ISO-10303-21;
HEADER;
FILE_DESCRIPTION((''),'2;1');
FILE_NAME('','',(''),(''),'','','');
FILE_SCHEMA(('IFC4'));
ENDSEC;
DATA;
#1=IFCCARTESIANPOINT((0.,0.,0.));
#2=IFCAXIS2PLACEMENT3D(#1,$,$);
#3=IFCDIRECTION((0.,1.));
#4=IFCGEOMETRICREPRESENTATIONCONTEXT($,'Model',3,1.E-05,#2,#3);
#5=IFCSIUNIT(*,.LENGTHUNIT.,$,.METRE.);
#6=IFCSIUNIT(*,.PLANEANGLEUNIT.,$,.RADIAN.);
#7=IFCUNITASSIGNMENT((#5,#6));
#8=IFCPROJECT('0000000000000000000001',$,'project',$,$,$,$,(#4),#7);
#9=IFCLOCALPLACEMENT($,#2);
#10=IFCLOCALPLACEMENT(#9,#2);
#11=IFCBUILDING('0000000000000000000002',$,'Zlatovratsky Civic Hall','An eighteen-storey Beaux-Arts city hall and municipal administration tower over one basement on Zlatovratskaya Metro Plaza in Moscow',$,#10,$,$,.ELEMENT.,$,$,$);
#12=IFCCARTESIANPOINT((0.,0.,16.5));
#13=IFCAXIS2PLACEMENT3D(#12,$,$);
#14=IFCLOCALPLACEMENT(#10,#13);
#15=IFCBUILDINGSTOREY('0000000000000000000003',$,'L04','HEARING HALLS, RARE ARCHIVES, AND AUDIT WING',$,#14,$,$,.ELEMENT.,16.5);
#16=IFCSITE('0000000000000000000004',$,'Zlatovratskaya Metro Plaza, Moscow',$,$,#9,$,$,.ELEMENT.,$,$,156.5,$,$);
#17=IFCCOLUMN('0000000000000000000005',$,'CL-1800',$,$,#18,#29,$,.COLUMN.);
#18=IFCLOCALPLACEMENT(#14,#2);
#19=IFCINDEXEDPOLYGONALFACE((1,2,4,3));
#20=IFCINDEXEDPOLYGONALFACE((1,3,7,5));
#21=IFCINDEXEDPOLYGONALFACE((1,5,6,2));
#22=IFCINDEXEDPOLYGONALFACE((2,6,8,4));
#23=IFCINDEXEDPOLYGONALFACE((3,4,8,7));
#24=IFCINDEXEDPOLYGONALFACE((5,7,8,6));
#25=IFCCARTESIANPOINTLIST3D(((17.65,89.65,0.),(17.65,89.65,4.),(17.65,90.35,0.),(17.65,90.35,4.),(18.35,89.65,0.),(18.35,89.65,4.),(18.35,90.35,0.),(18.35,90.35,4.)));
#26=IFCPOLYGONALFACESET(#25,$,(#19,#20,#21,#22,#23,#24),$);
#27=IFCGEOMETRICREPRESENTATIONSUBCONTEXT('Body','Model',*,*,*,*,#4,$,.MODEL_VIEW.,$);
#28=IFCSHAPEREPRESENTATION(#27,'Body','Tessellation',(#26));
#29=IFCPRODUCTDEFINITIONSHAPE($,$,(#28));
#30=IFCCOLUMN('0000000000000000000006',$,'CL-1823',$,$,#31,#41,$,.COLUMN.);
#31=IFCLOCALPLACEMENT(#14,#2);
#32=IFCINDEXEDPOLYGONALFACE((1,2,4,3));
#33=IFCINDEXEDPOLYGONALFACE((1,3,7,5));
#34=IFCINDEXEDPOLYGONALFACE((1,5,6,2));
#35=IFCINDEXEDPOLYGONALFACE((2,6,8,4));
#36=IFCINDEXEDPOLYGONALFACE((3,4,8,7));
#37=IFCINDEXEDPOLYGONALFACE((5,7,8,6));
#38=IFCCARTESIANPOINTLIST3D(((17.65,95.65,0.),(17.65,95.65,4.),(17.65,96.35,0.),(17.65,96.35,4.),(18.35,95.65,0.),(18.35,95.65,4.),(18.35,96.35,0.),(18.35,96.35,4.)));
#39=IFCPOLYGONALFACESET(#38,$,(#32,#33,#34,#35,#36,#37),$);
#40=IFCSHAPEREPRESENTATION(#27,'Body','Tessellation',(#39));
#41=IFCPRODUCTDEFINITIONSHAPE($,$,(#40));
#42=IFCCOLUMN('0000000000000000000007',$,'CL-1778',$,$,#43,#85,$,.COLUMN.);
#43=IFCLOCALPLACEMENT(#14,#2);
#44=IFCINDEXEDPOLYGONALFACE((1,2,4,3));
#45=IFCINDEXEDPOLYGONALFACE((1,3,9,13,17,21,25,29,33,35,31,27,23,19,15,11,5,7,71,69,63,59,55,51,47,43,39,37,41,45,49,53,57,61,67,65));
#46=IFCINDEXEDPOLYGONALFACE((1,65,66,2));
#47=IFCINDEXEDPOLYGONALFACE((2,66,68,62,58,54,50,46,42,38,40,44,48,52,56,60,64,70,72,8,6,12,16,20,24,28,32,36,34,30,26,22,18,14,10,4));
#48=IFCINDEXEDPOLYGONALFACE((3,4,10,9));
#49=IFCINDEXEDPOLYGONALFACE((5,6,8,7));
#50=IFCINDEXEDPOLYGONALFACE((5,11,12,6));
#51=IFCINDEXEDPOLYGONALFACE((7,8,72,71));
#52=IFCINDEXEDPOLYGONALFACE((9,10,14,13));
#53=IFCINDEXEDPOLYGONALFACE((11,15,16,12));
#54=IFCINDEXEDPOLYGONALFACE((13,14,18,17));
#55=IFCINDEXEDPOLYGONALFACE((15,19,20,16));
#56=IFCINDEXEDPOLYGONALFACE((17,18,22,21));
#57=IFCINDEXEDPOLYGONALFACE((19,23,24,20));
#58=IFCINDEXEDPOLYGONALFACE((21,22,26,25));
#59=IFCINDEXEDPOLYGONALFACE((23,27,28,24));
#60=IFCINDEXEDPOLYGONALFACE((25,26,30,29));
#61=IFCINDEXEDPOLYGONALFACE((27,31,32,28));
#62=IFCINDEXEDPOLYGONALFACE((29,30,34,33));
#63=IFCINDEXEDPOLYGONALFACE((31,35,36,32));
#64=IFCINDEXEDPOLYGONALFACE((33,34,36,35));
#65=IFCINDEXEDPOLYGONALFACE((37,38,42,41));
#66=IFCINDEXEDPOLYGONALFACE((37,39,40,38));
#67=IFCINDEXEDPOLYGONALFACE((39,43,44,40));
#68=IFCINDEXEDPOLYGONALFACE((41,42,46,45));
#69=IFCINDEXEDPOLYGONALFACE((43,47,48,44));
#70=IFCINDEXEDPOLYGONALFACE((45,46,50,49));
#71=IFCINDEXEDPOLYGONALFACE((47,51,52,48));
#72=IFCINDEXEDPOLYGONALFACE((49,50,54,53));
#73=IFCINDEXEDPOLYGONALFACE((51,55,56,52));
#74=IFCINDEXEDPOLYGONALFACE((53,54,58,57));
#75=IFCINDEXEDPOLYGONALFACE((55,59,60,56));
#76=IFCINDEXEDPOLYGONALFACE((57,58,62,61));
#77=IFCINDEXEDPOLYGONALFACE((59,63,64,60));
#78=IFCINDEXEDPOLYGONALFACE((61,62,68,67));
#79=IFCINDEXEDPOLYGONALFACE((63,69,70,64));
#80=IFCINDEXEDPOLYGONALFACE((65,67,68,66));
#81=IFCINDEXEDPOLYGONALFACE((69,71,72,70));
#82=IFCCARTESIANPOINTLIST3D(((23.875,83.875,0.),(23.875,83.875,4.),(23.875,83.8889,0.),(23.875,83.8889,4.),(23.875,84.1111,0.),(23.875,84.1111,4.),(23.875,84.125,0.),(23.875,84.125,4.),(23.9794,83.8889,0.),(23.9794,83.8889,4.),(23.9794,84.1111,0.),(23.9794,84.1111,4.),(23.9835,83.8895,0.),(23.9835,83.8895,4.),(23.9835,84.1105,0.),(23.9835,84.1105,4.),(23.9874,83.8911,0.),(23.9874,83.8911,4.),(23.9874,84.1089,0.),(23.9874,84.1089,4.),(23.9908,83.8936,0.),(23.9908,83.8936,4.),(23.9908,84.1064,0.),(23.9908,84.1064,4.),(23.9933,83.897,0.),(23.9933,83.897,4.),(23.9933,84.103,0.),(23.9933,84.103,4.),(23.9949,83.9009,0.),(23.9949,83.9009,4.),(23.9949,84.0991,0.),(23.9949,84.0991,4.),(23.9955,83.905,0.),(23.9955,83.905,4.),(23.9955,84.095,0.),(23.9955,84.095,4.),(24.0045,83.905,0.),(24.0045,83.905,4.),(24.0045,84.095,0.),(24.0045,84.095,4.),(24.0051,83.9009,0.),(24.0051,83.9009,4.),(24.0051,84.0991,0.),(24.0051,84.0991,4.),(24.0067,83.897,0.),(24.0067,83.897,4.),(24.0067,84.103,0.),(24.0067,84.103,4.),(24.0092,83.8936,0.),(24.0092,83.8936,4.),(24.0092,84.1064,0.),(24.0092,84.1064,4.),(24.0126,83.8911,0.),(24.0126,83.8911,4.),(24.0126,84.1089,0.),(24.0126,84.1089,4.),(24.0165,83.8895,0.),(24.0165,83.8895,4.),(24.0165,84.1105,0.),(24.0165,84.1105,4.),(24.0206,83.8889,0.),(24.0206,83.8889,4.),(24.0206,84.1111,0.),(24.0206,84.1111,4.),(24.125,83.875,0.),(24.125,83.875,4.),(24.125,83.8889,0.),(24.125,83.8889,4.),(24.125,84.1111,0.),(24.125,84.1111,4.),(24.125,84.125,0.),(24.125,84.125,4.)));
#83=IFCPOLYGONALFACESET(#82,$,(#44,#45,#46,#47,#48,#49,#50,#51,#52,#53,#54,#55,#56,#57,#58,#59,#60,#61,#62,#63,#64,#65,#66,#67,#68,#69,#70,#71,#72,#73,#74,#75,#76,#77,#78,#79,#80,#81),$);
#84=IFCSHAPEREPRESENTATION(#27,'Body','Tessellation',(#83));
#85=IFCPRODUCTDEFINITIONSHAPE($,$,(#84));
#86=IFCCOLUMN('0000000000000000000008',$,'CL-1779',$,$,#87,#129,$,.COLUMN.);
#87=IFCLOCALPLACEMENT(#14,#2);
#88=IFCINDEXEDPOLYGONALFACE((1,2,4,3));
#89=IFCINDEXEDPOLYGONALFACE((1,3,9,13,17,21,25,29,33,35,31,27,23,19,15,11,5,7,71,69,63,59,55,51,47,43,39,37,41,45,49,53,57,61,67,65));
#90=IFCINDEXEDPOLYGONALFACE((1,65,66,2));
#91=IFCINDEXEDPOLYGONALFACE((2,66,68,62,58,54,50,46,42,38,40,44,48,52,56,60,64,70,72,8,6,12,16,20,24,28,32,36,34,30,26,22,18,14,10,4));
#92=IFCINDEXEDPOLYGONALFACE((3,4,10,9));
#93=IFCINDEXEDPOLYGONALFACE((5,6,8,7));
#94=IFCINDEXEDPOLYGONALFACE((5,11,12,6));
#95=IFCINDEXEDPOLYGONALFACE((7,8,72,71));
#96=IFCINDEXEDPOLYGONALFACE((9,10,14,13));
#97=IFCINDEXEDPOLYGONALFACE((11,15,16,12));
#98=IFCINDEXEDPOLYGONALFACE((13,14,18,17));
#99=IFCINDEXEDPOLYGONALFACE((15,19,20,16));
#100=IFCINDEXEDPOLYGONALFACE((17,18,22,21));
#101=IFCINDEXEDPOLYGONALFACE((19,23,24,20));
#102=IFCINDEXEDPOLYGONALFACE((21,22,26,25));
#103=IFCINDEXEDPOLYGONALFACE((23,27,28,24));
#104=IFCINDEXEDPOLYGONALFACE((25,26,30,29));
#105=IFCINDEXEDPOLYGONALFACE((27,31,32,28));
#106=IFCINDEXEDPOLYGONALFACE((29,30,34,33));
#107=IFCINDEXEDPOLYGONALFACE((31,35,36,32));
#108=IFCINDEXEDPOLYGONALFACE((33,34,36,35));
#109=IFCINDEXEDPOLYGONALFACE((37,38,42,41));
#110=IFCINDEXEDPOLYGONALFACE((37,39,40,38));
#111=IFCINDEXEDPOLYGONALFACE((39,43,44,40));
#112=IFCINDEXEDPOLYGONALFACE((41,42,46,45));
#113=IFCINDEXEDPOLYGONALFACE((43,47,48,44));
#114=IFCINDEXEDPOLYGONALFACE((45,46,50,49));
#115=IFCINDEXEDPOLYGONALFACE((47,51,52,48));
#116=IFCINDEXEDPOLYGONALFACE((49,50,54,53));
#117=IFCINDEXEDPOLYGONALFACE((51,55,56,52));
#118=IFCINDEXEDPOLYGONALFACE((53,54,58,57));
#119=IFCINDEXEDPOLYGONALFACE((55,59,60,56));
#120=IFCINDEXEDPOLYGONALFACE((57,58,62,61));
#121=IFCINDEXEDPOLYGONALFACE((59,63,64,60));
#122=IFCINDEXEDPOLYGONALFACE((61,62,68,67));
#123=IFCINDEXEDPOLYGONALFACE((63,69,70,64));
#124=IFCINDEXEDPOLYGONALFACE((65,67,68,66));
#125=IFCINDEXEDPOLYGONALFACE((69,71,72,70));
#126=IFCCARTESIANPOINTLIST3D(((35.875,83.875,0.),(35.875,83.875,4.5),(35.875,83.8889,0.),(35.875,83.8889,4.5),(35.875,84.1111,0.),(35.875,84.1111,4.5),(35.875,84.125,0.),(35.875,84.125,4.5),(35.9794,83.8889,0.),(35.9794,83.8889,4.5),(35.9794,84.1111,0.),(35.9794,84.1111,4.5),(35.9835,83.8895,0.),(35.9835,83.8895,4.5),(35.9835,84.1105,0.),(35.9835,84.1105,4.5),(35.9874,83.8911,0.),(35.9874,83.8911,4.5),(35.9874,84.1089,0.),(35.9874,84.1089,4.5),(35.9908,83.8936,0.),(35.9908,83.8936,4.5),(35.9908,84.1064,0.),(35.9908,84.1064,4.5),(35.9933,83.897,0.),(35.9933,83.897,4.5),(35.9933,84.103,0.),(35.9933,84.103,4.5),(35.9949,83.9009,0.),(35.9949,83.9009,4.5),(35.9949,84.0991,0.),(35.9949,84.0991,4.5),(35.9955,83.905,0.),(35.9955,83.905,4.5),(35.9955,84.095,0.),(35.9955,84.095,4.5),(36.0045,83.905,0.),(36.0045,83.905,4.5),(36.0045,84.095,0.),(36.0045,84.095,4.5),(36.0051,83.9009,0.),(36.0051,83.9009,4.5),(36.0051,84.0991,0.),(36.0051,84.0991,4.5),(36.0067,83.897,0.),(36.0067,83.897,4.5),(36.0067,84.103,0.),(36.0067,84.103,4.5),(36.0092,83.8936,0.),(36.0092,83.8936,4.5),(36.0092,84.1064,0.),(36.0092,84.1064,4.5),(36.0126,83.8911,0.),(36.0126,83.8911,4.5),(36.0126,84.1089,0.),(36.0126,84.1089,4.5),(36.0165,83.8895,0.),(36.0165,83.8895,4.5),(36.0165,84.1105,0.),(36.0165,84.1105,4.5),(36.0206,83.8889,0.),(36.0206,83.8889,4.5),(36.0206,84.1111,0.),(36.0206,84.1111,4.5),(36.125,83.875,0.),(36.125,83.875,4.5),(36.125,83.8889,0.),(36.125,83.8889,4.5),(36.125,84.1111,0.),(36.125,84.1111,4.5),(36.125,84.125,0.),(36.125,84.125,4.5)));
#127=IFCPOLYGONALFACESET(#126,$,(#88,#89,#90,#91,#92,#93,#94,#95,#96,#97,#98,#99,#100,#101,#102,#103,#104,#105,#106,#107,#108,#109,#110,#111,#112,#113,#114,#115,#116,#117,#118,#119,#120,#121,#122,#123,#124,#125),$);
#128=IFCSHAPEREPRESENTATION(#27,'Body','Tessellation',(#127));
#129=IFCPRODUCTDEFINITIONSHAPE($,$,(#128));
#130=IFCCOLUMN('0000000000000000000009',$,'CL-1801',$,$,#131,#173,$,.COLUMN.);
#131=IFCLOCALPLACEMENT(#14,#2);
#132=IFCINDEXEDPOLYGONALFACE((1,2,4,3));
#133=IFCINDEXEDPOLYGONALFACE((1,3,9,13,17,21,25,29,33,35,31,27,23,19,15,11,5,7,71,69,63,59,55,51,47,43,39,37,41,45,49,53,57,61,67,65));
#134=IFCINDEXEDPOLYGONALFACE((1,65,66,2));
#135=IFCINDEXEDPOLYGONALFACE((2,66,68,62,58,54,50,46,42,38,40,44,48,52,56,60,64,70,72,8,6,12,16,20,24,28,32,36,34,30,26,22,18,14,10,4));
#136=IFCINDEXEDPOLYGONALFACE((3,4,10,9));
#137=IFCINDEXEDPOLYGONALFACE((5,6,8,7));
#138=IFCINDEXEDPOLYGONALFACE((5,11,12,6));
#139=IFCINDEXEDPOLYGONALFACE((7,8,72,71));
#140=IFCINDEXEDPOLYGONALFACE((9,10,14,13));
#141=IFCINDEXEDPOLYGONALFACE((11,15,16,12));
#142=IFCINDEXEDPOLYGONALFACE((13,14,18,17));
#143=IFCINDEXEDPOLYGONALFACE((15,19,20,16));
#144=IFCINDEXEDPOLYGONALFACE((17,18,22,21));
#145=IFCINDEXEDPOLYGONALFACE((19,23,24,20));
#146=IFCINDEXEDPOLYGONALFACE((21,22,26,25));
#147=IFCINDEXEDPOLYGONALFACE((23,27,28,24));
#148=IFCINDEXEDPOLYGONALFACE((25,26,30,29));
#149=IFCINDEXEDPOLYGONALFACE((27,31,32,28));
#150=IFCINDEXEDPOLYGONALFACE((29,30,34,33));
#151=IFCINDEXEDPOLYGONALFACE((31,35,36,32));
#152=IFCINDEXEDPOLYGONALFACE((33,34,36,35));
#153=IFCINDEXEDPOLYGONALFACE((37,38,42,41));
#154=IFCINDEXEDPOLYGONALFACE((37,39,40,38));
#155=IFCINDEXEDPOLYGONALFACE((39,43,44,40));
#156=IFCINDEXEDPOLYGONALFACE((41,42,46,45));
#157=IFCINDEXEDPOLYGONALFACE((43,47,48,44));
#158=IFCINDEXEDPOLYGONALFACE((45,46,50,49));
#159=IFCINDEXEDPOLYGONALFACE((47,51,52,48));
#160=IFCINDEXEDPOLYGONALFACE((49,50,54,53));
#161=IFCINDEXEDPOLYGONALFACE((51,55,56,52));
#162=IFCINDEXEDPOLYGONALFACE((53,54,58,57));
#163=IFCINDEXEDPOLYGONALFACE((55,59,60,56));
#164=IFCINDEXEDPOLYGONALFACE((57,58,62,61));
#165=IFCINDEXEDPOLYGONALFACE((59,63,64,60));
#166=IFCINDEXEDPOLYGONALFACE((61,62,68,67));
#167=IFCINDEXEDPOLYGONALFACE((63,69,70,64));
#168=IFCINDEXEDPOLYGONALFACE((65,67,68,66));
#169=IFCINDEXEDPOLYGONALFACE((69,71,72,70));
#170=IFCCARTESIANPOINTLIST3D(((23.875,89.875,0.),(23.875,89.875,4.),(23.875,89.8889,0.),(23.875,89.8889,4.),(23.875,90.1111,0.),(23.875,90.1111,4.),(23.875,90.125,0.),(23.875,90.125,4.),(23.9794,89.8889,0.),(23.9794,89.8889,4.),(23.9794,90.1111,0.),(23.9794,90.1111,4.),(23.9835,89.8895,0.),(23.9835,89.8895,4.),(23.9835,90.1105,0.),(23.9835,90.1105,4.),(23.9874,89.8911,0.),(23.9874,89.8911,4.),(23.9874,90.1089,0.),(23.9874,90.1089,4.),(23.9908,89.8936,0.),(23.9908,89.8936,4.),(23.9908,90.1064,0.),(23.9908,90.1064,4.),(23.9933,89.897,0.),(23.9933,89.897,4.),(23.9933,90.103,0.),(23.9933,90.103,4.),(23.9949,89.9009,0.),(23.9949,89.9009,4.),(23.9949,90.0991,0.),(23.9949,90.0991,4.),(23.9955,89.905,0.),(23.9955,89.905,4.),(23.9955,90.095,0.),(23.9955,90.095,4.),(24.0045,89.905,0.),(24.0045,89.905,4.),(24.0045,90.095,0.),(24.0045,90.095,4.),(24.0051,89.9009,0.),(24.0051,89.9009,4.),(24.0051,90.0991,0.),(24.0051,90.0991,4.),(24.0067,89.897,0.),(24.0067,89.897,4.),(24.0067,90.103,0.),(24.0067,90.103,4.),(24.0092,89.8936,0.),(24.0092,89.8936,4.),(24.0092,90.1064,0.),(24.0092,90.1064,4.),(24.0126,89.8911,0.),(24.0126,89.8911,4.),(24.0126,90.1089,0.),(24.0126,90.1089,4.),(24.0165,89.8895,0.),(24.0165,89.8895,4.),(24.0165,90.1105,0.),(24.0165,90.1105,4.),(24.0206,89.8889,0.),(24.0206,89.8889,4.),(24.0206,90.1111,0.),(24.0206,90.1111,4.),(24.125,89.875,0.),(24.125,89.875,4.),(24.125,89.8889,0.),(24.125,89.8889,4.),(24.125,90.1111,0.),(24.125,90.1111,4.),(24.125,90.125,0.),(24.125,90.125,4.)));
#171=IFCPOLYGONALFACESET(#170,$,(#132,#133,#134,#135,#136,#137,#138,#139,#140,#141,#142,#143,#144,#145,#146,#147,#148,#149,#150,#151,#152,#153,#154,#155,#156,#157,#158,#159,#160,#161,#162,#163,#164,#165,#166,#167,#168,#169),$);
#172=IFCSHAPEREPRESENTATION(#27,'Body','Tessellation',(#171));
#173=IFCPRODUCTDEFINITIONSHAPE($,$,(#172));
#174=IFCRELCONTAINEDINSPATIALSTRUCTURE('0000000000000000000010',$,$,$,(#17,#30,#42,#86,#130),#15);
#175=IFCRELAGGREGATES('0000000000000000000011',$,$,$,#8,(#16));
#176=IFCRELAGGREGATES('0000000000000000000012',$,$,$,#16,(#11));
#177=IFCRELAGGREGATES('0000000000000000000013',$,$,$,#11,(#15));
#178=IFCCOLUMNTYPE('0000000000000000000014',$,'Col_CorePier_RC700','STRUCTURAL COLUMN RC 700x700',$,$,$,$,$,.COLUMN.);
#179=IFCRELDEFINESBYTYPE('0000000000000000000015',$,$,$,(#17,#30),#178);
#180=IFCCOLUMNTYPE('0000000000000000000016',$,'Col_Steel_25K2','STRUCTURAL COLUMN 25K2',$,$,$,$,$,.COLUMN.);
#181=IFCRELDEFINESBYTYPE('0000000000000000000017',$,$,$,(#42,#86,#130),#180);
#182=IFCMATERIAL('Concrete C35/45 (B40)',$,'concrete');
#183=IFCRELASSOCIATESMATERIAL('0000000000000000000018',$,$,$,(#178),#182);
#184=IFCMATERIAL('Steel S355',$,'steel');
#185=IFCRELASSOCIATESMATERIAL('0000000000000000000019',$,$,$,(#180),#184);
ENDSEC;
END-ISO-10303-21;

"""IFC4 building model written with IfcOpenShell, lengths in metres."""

from ifc_helpers import new_model, si_unit, direction, frame, origin, origin_2d, place, context, subcontext, project, spatial, rectangle, i_section, extrude, material, material_profile, profile_set, type_object, element, save


model = new_model("IFC4")

# Units and contexts
model_context = context("Model", 3, precision=1e-05, world=origin(), true_north=direction((0.0, 1.0)))
body_context = subcontext(model_context, "Body", "Model", "MODEL_VIEW")
ifc_project = project(units=[si_unit("LENGTHUNIT", "METRE"), si_unit("PLANEANGLEUNIT", "RADIAN")], contexts=[model_context])

# Site, building, storey
site_placement = place(None, origin())
site = spatial("IfcSite", under=ifc_project, at=site_placement, Name="Zlatovratskaya Metro Plaza, Moscow", CompositionType="ELEMENT", RefElevation=156.5)
building_placement = place(site_placement, origin())
building = spatial("IfcBuilding", under=site, at=building_placement, Name="Zlatovratsky Civic Hall", Description="An eighteen-storey Beaux-Arts city hall and municipal administration tower over one basement on Zlatovratskaya Metro Plaza in Moscow", CompositionType="ELEMENT")
storey_placement = place(building_placement, frame((0.0, 0.0, 16.5)))
storey = spatial("IfcBuildingStorey", under=building, at=storey_placement, Name="L04", Description="HEARING HALLS, RARE ARCHIVES, AND AUDIT WING", CompositionType="ELEMENT", Elevation=16.5)

# Columns
ifc_material_1 = material(Name="Concrete C35/45 (B40)", Category="concrete")
ifc_material_profile_1 = material_profile(ifc_material_1, rectangle(XDim=0.7, YDim=0.7, at=origin_2d()), Name="RC 700x700")
ifc_profile_set_1 = profile_set([ifc_material_profile_1], Name="Concrete C35/45 (B40)")
column_type_1 = type_object("IfcColumnType", Name="Col_CorePier_RC700", Description="STRUCTURAL COLUMN RC 700x700", PredefinedType="COLUMN", material=ifc_profile_set_1)
for number, where, z_axis, x_axis, name in (
    (1, (18.0, 90.0, 0.0), (0.0, 0.0, 1.0), (1.0, 0.0, 0.0), "CL-1800"),
    (2, (18.0, 96.0, 0.0), (0.0, 0.0, 1.0), (1.0, 0.0, 0.0), "CL-1823"),
):
    element("IfcColumn", number, at=place(storey_placement, frame(where, z_axis=z_axis, x_axis=x_axis)), inside=storey, type_object=column_type_1, Name=name, PredefinedType="COLUMN", context=body_context, shape_type="SweptSolid", body=[
        extrude(rectangle(XDim=0.7, YDim=0.7, at=origin_2d()), origin(), (0.0, 0.0, 1.0), 4.0),
    ])
ifc_material_2 = material(Name="Steel S355", Category="steel")
ifc_material_profile_2 = material_profile(ifc_material_2, i_section(OverallWidth=0.25, OverallDepth=0.25, WebThickness=0.009, FlangeThickness=0.0139, FilletRadius=0.0161, at=origin_2d()), Name="25K2")
ifc_profile_set_2 = profile_set([ifc_material_profile_2], Name="Steel S355")
column_type_2 = type_object("IfcColumnType", Name="Col_Steel_25K2", Description="STRUCTURAL COLUMN 25K2", PredefinedType="COLUMN", material=ifc_profile_set_2)
column_1_placement = place(storey_placement, frame((24.0, 84.0, 0.0), z_axis=(0.0, 0.0, 1.0), x_axis=(1.0, 0.0, 0.0)))
element("IfcColumn", 3, at=column_1_placement, inside=storey, type_object=column_type_2, Name="CL-1778", PredefinedType="COLUMN", context=body_context, shape_type="SweptSolid", body=[
    extrude(i_section(OverallWidth=0.25, OverallDepth=0.25, WebThickness=0.009, FlangeThickness=0.0139, FilletRadius=0.0161, at=origin_2d()), origin(), (0.0, 0.0, 1.0), 4.0),
])
column_2_placement = place(storey_placement, frame((36.0, 84.0, 0.0), z_axis=(0.0, 0.0, 1.0), x_axis=(1.0, 0.0, 0.0)))
element("IfcColumn", 4, at=column_2_placement, inside=storey, type_object=column_type_2, Name="CL-1779", PredefinedType="COLUMN", context=body_context, shape_type="SweptSolid", body=[
    extrude(i_section(OverallWidth=0.25, OverallDepth=0.25, WebThickness=0.009, FlangeThickness=0.0139, FilletRadius=0.0161, at=origin_2d()), origin(), (0.0, 0.0, 1.0), 4.5),
])
column_3_placement = place(storey_placement, frame((24.0, 90.0, 0.0), z_axis=(0.0, 0.0, 1.0), x_axis=(1.0, 0.0, 0.0)))
element("IfcColumn", 5, at=column_3_placement, inside=storey, type_object=column_type_2, Name="CL-1801", PredefinedType="COLUMN", context=body_context, shape_type="SweptSolid", body=[
    extrude(i_section(OverallWidth=0.25, OverallDepth=0.25, WebThickness=0.009, FlangeThickness=0.0139, FilletRadius=0.0161, at=origin_2d()), origin(), (0.0, 0.0, 1.0), 4.0),
])

save(model, "model.ifc")
